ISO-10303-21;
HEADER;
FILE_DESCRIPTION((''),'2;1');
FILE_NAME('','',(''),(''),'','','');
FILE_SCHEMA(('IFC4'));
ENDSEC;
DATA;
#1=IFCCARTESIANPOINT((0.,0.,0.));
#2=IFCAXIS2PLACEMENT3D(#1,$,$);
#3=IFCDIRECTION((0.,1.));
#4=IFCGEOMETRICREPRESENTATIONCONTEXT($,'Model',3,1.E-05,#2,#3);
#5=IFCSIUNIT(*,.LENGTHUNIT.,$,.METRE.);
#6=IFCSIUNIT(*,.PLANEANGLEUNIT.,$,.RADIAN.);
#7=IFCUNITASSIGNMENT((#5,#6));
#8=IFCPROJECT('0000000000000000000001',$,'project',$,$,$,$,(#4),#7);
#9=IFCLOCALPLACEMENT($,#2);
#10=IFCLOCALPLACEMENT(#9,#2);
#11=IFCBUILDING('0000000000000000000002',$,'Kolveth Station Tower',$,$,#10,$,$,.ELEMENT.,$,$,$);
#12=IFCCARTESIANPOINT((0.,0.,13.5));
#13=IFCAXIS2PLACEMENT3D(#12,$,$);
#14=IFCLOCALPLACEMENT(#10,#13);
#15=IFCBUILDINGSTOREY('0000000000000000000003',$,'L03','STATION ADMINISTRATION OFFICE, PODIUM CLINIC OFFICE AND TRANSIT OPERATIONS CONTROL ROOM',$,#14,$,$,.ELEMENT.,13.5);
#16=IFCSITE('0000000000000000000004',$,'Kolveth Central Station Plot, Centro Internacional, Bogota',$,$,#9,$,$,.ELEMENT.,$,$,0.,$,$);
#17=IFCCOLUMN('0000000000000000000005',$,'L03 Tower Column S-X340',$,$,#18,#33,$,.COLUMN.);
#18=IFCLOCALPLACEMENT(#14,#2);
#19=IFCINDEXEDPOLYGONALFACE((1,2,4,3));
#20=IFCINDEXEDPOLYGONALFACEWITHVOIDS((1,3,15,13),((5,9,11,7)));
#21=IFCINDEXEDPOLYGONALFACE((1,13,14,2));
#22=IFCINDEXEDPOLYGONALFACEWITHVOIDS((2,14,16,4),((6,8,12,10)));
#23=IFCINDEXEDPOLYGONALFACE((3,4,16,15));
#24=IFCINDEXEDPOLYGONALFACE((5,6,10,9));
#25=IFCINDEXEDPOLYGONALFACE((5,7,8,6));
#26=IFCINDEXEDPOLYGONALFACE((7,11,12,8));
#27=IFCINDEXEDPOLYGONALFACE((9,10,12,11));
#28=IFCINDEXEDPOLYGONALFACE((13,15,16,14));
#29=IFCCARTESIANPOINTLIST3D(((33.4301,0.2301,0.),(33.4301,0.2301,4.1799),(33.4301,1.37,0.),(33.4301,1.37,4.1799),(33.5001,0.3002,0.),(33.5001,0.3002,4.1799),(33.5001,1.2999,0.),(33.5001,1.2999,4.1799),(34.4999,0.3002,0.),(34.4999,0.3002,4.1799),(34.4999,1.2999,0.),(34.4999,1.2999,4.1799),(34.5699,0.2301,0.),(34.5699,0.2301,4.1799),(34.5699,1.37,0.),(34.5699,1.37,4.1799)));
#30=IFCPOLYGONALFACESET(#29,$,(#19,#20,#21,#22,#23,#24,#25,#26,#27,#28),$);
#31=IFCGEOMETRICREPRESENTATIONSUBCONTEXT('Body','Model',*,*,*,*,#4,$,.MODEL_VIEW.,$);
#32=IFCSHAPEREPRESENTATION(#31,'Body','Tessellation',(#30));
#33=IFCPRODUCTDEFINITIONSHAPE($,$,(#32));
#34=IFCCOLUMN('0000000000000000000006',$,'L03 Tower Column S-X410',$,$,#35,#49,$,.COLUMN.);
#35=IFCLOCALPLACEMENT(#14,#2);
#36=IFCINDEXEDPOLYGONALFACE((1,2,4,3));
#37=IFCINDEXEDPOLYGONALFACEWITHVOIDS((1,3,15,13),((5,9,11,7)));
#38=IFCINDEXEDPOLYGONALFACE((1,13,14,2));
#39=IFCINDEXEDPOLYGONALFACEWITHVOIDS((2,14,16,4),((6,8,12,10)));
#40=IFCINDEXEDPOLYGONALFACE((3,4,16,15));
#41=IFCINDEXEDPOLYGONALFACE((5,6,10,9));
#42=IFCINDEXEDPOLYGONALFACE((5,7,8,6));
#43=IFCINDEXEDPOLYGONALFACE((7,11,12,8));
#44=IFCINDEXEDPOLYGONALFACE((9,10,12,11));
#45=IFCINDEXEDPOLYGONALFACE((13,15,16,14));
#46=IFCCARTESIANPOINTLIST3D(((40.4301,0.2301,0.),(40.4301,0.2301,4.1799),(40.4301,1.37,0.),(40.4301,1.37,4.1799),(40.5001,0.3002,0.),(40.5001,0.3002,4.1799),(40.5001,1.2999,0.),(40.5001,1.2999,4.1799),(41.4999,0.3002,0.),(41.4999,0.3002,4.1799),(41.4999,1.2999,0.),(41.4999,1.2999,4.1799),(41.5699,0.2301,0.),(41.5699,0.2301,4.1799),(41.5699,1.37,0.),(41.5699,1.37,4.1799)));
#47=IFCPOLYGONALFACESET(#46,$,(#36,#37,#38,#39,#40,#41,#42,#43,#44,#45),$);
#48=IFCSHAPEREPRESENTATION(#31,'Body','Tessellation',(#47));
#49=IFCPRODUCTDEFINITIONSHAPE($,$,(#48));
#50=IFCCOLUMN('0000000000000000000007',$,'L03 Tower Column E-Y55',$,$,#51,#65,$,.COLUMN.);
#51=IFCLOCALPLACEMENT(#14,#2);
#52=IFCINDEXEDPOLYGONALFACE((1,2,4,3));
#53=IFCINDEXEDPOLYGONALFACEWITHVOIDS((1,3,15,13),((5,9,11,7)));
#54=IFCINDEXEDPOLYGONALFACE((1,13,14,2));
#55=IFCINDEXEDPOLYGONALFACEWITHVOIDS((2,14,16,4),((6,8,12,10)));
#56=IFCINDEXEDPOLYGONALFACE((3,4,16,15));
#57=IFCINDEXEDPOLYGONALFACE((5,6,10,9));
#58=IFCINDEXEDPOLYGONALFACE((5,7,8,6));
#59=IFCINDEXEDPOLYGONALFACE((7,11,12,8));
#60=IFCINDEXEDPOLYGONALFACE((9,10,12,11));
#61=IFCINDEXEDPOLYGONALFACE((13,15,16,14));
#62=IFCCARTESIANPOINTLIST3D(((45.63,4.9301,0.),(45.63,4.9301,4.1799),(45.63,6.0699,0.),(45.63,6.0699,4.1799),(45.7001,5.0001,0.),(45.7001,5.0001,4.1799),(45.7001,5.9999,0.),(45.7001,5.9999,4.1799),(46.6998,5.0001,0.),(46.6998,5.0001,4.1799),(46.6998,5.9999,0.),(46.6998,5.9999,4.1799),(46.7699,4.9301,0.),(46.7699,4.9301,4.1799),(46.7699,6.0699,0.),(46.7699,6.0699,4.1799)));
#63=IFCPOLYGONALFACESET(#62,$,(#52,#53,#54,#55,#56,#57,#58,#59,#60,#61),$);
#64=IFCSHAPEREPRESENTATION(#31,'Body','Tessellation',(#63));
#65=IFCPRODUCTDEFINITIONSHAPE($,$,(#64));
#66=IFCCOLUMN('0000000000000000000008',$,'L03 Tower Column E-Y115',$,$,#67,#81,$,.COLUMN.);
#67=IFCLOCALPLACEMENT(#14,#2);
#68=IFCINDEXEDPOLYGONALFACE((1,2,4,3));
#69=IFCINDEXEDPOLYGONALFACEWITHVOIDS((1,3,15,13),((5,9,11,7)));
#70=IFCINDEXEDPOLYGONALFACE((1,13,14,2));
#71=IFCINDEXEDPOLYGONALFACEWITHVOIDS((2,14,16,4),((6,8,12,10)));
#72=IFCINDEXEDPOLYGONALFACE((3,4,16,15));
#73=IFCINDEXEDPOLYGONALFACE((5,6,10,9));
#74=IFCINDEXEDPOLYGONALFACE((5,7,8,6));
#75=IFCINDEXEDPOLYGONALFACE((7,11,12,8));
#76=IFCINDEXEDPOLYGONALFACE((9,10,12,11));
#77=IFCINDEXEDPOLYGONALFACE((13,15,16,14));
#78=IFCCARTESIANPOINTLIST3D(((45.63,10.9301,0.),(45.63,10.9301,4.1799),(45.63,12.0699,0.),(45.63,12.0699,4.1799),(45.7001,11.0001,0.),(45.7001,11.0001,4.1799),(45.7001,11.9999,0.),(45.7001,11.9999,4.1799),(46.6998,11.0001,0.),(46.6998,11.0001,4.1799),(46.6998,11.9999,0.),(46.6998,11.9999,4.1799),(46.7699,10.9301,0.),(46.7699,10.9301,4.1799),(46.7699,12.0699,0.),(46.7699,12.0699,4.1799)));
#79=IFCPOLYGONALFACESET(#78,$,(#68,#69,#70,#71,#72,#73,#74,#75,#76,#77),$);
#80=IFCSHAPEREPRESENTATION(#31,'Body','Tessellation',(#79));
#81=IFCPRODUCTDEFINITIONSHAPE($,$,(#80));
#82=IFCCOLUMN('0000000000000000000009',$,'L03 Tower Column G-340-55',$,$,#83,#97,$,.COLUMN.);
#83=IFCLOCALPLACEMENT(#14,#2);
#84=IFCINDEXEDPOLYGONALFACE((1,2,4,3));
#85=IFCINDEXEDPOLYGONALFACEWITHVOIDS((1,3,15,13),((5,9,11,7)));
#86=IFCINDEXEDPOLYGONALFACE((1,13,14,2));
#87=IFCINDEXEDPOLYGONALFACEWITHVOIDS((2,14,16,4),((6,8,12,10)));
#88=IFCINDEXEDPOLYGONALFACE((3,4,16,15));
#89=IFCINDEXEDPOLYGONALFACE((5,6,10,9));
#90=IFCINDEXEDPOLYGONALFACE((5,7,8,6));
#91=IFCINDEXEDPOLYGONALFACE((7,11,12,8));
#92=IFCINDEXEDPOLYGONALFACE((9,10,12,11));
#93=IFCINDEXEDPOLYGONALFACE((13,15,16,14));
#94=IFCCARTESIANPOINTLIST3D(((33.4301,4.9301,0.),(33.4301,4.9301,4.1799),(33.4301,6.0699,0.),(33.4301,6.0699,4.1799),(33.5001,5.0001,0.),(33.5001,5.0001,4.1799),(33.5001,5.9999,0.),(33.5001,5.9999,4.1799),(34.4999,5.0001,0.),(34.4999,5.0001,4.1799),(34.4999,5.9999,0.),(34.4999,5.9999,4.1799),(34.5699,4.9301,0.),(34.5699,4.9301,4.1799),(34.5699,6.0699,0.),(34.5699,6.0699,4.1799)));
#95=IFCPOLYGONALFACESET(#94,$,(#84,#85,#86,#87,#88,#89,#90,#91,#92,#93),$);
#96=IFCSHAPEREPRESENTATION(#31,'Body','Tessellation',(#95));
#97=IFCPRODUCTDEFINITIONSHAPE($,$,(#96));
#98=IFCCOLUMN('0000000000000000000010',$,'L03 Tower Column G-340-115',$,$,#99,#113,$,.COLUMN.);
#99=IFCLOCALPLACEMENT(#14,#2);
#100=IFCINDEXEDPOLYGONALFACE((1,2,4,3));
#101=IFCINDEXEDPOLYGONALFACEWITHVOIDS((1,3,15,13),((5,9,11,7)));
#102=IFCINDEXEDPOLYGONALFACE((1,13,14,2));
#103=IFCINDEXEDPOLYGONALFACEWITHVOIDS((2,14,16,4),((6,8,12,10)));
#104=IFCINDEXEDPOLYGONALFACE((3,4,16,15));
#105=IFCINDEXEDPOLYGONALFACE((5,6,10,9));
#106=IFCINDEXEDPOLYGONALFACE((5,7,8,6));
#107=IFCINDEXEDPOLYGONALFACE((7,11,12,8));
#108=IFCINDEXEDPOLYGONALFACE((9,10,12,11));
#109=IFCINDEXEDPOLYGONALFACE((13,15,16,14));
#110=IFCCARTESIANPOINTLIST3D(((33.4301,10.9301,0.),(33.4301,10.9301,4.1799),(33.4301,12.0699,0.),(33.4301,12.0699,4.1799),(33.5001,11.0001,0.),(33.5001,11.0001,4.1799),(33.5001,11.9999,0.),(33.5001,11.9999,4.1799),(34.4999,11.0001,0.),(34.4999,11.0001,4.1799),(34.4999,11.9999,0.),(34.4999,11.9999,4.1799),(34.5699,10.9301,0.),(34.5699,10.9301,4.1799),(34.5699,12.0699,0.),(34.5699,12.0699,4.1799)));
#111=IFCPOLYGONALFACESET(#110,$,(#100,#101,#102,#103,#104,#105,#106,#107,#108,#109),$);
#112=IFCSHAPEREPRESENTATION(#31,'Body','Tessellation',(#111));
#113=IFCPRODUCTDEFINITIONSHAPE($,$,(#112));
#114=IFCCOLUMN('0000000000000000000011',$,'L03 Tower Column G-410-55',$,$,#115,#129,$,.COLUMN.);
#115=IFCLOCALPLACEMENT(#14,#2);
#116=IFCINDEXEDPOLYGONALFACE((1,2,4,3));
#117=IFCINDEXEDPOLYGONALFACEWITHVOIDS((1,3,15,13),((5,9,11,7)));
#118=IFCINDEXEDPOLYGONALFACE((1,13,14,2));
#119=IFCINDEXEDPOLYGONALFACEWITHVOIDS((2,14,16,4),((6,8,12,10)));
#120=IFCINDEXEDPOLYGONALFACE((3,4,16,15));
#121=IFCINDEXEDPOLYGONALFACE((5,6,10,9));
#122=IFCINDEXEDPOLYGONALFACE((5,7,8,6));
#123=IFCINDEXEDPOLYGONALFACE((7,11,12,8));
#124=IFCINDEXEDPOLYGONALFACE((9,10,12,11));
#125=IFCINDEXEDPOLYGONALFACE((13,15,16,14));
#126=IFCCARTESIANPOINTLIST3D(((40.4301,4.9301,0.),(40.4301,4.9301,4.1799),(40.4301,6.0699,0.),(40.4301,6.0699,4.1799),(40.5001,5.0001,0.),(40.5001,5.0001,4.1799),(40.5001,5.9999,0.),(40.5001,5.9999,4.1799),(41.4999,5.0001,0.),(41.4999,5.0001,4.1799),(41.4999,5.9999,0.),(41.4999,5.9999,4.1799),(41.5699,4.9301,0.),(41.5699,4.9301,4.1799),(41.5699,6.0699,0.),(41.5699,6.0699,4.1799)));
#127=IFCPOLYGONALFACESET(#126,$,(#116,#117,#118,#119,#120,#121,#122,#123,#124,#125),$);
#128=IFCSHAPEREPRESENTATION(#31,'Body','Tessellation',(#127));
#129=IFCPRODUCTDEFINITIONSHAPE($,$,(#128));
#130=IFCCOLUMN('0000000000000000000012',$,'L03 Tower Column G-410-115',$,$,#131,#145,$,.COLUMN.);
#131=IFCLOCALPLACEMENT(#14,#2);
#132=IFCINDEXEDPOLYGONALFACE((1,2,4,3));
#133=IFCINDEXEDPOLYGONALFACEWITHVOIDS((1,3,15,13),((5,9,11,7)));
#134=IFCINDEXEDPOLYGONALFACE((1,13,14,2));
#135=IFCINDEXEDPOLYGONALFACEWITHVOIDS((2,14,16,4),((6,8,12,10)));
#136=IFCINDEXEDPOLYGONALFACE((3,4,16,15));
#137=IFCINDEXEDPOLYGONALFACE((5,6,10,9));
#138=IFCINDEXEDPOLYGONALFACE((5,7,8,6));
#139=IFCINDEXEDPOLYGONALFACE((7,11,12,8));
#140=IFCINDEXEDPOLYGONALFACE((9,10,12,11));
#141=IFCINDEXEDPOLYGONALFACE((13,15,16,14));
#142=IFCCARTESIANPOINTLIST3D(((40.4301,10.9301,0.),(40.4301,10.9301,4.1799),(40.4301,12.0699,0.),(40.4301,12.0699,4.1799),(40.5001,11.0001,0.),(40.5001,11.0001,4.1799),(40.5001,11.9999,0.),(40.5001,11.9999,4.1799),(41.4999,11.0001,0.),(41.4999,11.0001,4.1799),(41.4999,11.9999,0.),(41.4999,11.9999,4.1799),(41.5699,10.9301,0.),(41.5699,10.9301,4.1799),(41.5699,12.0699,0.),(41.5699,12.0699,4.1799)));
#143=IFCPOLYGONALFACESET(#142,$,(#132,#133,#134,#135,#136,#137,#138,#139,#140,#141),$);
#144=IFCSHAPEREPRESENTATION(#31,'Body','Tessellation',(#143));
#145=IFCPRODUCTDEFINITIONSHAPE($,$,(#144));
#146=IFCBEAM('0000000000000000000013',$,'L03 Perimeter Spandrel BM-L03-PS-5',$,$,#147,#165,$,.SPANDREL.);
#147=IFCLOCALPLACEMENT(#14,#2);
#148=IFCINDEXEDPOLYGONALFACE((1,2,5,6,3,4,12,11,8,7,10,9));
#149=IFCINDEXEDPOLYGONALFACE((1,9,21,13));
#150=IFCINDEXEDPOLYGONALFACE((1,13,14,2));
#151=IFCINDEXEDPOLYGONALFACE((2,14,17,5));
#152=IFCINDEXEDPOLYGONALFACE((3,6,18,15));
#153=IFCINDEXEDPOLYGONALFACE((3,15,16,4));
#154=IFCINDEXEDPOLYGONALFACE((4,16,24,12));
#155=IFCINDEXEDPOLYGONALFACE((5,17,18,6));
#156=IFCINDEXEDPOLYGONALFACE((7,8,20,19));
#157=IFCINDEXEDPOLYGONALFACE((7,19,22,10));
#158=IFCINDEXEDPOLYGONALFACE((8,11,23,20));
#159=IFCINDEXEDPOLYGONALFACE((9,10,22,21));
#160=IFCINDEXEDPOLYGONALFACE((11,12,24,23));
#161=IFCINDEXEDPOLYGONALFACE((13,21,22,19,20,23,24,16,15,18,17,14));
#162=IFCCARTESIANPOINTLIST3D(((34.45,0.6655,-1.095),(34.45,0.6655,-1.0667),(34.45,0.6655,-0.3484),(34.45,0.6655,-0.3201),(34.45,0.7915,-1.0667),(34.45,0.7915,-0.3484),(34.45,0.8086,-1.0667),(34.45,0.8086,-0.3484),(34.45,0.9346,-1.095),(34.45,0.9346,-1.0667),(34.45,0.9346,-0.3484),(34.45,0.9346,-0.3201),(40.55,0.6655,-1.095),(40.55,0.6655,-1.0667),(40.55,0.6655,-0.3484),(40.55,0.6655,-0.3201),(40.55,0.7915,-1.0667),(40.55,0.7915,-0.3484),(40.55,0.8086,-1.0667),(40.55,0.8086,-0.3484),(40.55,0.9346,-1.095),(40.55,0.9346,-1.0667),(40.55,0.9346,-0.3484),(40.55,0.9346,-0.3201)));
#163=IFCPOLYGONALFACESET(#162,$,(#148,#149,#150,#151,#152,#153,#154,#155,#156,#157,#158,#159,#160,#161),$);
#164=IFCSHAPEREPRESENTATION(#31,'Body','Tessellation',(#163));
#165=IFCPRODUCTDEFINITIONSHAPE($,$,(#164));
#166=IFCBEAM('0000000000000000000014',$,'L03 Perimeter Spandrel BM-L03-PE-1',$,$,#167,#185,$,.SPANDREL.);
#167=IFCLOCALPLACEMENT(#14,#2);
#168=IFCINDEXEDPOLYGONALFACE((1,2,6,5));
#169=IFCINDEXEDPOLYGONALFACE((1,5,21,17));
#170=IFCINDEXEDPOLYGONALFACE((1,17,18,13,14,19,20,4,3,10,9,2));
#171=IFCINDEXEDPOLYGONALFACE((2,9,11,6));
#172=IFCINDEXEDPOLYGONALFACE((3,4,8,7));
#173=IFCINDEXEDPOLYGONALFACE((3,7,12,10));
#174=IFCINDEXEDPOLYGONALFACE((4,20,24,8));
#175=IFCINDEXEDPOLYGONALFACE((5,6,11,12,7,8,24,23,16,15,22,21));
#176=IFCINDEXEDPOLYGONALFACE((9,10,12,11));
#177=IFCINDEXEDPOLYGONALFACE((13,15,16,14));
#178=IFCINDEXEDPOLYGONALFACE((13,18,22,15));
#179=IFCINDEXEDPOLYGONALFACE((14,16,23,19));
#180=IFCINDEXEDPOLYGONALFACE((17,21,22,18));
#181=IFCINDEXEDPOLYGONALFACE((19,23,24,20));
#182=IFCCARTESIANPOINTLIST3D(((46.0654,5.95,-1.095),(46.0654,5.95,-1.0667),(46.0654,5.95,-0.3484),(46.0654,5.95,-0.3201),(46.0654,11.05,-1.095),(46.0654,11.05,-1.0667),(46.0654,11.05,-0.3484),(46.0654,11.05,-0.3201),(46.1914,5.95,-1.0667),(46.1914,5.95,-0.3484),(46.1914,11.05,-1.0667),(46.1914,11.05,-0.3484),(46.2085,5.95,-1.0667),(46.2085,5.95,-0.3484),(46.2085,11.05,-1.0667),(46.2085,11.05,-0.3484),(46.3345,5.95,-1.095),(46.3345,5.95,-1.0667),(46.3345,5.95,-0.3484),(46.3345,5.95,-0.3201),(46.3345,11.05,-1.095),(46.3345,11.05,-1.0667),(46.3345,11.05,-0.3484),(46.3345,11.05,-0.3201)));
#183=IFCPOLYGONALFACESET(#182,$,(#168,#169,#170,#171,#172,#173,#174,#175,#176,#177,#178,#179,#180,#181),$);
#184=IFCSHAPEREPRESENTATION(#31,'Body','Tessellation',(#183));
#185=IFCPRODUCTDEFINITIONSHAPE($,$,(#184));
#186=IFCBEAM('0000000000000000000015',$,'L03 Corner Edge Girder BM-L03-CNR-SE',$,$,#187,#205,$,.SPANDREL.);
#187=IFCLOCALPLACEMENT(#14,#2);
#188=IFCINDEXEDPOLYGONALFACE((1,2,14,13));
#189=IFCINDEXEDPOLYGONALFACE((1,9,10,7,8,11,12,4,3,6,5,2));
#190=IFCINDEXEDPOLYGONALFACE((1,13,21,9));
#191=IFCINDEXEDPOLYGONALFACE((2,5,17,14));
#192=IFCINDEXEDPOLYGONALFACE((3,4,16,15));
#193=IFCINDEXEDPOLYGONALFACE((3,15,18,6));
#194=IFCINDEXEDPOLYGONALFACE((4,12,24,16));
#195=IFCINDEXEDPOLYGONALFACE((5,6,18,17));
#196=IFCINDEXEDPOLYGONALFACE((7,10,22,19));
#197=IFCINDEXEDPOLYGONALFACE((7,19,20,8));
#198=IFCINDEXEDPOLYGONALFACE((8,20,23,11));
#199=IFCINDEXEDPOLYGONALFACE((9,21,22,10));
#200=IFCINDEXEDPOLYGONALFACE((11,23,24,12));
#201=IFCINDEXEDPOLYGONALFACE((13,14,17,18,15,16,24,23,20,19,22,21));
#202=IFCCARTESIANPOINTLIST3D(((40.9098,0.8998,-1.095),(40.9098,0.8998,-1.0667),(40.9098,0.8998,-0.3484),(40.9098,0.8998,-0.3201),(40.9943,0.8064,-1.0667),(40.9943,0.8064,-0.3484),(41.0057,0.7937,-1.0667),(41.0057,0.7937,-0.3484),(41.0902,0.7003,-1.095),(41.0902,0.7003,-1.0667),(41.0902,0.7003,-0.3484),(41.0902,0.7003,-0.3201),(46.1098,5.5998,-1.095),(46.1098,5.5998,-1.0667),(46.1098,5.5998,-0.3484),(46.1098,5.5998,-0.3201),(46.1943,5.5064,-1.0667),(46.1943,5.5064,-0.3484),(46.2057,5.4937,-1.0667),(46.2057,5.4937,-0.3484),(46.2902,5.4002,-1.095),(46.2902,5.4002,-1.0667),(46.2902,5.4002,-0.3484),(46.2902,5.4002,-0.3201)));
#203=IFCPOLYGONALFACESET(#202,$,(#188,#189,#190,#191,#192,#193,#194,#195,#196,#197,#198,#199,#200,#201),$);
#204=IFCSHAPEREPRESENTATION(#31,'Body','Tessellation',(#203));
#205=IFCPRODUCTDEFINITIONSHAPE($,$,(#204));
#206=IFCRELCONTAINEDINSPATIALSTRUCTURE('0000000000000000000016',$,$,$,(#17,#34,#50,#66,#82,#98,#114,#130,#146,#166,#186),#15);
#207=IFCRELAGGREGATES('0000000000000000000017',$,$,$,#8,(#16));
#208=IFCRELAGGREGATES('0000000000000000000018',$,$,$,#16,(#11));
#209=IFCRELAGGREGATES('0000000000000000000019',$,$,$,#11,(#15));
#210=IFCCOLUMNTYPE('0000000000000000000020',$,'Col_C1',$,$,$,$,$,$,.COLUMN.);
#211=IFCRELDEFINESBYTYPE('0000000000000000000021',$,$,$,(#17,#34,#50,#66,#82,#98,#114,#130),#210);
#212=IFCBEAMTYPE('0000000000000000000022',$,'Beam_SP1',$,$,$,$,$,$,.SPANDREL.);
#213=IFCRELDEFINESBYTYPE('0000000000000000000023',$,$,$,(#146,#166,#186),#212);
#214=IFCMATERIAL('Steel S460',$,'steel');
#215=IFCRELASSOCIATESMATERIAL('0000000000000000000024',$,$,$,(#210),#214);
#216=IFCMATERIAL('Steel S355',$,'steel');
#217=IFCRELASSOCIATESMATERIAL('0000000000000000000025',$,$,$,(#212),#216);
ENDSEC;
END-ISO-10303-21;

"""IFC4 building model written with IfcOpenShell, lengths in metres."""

from ifc_helpers import new_model, si_unit, direction, frame, origin, origin_2d, place, context, subcontext, project, spatial, hollow_rectangle, i_section, extrude, source, transform, mapped, material, material_profile, profile_set, type_object, element, save


model = new_model("IFC4")

# Units and contexts
model_context = context("Model", 3, precision=1e-05, world=origin(), true_north=direction((0.0, 1.0)))
body_context = subcontext(model_context, "Body", "Model", "MODEL_VIEW")
ifc_project = project(units=[si_unit("LENGTHUNIT", "METRE"), si_unit("PLANEANGLEUNIT", "RADIAN")], contexts=[model_context])

# Site, building, storey
site_placement = place(None, origin())
site = spatial("IfcSite", under=ifc_project, at=site_placement, Name="Kolveth Central Station Plot, Centro Internacional, Bogota", CompositionType="ELEMENT", RefElevation=0.0)
building_placement = place(site_placement, origin())
building = spatial("IfcBuilding", under=site, at=building_placement, Name="Kolveth Station Tower", CompositionType="ELEMENT")
storey_placement = place(building_placement, frame((0.0, 0.0, 13.5)))
storey = spatial("IfcBuildingStorey", under=building, at=storey_placement, Name="L03", Description="STATION ADMINISTRATION OFFICE, PODIUM CLINIC OFFICE AND TRANSIT OPERATIONS CONTROL ROOM", CompositionType="ELEMENT", Elevation=13.5)

# Columns
ifc_material_1 = material(Name="Steel S460", Category="steel")
ifc_material_profile_1 = material_profile(ifc_material_1, hollow_rectangle(XDim=1.1399, YDim=1.1399, WallThickness=0.0701, at=origin_2d()), Name="BOX1140x1140x70")
ifc_profile_set_1 = profile_set([ifc_material_profile_1], Name="Steel S460")
column_type = type_object("IfcColumnType", Name="Col_C1", PredefinedType="COLUMN", material=ifc_profile_set_1)
shared_shape_1 = source(origin(), body_context, "Body", "SweptSolid", [
    extrude(hollow_rectangle(XDim=1.1399, YDim=1.1399, WallThickness=0.0701, at=origin_2d()), origin(), (0.0, 0.0, 1.0), 4.1799),
])
for number, where, z_axis, x_axis, name in (
    (1, (34.0, 0.8, 0.0), (0.0, 0.0, 1.0), (1.0, 0.0, 0.0), "L03 Tower Column S-X340"),
    (2, (41.0, 0.8, 0.0), (0.0, 0.0, 1.0), (1.0, 0.0, 0.0), "L03 Tower Column S-X410"),
    (3, (46.2, 5.5, 0.0), (0.0, 0.0, 1.0), (1.0, 0.0, 0.0), "L03 Tower Column E-Y55"),
    (4, (46.2, 11.5, 0.0), (0.0, 0.0, 1.0), (1.0, 0.0, 0.0), "L03 Tower Column E-Y115"),
    (5, (34.0, 5.5, 0.0), (0.0, 0.0, 1.0), (1.0, 0.0, 0.0), "L03 Tower Column G-340-55"),
    (6, (34.0, 11.5, 0.0), (0.0, 0.0, 1.0), (1.0, 0.0, 0.0), "L03 Tower Column G-340-115"),
    (7, (41.0, 5.5, 0.0), (0.0, 0.0, 1.0), (1.0, 0.0, 0.0), "L03 Tower Column G-410-55"),
    (8, (41.0, 11.5, 0.0), (0.0, 0.0, 1.0), (1.0, 0.0, 0.0), "L03 Tower Column G-410-115"),
):
    element("IfcColumn", number, at=place(storey_placement, frame(where, z_axis=z_axis, x_axis=x_axis)), inside=storey, type_object=column_type, Name=name, PredefinedType="COLUMN", context=body_context, shape_type="MappedRepresentation", body=[
        mapped(shared_shape_1, transform((0.0, 0.0, 0.0), x_axis=(1.0, 0.0, 0.0), y_axis=(0.0, 1.0, 0.0), z_axis=(0.0, 0.0, 1.0), scale=1.0)),
    ])

# Beams
ifc_material_2 = material(Name="Steel S355", Category="steel")
ifc_material_profile_2 = material_profile(ifc_material_2, i_section(OverallWidth=0.269, OverallDepth=0.7749, WebThickness=0.0171, FlangeThickness=0.0283, at=origin_2d()), Name="W760x220")
ifc_profile_set_2 = profile_set([ifc_material_profile_2], Name="Steel S355")
beam_type_1 = type_object("IfcBeamType", Name="Beam_SP1", PredefinedType="SPANDREL", material=ifc_profile_set_2)
shared_shape_2 = source(origin(), body_context, "Body", "SweptSolid", [
    extrude(i_section(OverallWidth=0.269, OverallDepth=0.7749, WebThickness=0.0171, FlangeThickness=0.0283, at=origin_2d()), origin(), (0.0, 0.0, 1.0), 6.1001),
])
beam_1_placement = place(storey_placement, frame((34.45, 0.8, -0.7075), z_axis=(1.0, 0.0, 0.0), x_axis=(0.0, 1.0, 0.0)))
element("IfcBeam", 9, at=beam_1_placement, inside=storey, type_object=beam_type_1, Name="L03 Perimeter Spandrel BM-L03-PS-5", PredefinedType="SPANDREL", context=body_context, shape_type="MappedRepresentation", body=[
    mapped(shared_shape_2, transform((0.0, 0.0, 0.0), x_axis=(1.0, 0.0, 0.0), y_axis=(0.0, 1.0, 0.0), z_axis=(0.0, 0.0, 1.0), scale=1.0)),
])
shared_shape_3 = source(origin(), body_context, "Body", "SweptSolid", [
    extrude(i_section(OverallWidth=0.269, OverallDepth=0.7749, WebThickness=0.0171, FlangeThickness=0.0283, at=origin_2d()), origin(), (0.0, 0.0, 1.0), 5.1001),
])
beam_2_placement = place(storey_placement, frame((46.2, 5.95, -0.7075), z_axis=(0.0, 1.0, 0.0), x_axis=(-1.0, 0.0, 0.0)))
element("IfcBeam", 10, at=beam_2_placement, inside=storey, type_object=beam_type_1, Name="L03 Perimeter Spandrel BM-L03-PE-1", PredefinedType="SPANDREL", context=body_context, shape_type="MappedRepresentation", body=[
    mapped(shared_shape_3, transform((0.0, 0.0, 0.0), x_axis=(1.0, 0.0, 0.0), y_axis=(0.0, 1.0, 0.0), z_axis=(0.0, 0.0, 1.0), scale=1.0)),
])
shared_shape_4 = source(origin(), body_context, "Body", "SweptSolid", [
    extrude(i_section(OverallWidth=0.269, OverallDepth=0.7749, WebThickness=0.0171, FlangeThickness=0.0283, at=origin_2d()), origin(), (0.0, 0.0, 1.0), 7.0093),
])
beam_3_placement = place(storey_placement, frame((41.0, 0.8, -0.7075), z_axis=(0.741874, 0.670539, 0.0), x_axis=(-0.670539, 0.741874, 0.0)))
element("IfcBeam", 11, at=beam_3_placement, inside=storey, type_object=beam_type_1, Name="L03 Corner Edge Girder BM-L03-CNR-SE", PredefinedType="SPANDREL", context=body_context, shape_type="MappedRepresentation", body=[
    mapped(shared_shape_4, transform((0.0, 0.0, 0.0), x_axis=(1.0, 0.0, 0.0), y_axis=(0.0, 1.0, 0.0), z_axis=(0.0, 0.0, 1.0), scale=1.0)),
])

save(model, "model.ifc")
